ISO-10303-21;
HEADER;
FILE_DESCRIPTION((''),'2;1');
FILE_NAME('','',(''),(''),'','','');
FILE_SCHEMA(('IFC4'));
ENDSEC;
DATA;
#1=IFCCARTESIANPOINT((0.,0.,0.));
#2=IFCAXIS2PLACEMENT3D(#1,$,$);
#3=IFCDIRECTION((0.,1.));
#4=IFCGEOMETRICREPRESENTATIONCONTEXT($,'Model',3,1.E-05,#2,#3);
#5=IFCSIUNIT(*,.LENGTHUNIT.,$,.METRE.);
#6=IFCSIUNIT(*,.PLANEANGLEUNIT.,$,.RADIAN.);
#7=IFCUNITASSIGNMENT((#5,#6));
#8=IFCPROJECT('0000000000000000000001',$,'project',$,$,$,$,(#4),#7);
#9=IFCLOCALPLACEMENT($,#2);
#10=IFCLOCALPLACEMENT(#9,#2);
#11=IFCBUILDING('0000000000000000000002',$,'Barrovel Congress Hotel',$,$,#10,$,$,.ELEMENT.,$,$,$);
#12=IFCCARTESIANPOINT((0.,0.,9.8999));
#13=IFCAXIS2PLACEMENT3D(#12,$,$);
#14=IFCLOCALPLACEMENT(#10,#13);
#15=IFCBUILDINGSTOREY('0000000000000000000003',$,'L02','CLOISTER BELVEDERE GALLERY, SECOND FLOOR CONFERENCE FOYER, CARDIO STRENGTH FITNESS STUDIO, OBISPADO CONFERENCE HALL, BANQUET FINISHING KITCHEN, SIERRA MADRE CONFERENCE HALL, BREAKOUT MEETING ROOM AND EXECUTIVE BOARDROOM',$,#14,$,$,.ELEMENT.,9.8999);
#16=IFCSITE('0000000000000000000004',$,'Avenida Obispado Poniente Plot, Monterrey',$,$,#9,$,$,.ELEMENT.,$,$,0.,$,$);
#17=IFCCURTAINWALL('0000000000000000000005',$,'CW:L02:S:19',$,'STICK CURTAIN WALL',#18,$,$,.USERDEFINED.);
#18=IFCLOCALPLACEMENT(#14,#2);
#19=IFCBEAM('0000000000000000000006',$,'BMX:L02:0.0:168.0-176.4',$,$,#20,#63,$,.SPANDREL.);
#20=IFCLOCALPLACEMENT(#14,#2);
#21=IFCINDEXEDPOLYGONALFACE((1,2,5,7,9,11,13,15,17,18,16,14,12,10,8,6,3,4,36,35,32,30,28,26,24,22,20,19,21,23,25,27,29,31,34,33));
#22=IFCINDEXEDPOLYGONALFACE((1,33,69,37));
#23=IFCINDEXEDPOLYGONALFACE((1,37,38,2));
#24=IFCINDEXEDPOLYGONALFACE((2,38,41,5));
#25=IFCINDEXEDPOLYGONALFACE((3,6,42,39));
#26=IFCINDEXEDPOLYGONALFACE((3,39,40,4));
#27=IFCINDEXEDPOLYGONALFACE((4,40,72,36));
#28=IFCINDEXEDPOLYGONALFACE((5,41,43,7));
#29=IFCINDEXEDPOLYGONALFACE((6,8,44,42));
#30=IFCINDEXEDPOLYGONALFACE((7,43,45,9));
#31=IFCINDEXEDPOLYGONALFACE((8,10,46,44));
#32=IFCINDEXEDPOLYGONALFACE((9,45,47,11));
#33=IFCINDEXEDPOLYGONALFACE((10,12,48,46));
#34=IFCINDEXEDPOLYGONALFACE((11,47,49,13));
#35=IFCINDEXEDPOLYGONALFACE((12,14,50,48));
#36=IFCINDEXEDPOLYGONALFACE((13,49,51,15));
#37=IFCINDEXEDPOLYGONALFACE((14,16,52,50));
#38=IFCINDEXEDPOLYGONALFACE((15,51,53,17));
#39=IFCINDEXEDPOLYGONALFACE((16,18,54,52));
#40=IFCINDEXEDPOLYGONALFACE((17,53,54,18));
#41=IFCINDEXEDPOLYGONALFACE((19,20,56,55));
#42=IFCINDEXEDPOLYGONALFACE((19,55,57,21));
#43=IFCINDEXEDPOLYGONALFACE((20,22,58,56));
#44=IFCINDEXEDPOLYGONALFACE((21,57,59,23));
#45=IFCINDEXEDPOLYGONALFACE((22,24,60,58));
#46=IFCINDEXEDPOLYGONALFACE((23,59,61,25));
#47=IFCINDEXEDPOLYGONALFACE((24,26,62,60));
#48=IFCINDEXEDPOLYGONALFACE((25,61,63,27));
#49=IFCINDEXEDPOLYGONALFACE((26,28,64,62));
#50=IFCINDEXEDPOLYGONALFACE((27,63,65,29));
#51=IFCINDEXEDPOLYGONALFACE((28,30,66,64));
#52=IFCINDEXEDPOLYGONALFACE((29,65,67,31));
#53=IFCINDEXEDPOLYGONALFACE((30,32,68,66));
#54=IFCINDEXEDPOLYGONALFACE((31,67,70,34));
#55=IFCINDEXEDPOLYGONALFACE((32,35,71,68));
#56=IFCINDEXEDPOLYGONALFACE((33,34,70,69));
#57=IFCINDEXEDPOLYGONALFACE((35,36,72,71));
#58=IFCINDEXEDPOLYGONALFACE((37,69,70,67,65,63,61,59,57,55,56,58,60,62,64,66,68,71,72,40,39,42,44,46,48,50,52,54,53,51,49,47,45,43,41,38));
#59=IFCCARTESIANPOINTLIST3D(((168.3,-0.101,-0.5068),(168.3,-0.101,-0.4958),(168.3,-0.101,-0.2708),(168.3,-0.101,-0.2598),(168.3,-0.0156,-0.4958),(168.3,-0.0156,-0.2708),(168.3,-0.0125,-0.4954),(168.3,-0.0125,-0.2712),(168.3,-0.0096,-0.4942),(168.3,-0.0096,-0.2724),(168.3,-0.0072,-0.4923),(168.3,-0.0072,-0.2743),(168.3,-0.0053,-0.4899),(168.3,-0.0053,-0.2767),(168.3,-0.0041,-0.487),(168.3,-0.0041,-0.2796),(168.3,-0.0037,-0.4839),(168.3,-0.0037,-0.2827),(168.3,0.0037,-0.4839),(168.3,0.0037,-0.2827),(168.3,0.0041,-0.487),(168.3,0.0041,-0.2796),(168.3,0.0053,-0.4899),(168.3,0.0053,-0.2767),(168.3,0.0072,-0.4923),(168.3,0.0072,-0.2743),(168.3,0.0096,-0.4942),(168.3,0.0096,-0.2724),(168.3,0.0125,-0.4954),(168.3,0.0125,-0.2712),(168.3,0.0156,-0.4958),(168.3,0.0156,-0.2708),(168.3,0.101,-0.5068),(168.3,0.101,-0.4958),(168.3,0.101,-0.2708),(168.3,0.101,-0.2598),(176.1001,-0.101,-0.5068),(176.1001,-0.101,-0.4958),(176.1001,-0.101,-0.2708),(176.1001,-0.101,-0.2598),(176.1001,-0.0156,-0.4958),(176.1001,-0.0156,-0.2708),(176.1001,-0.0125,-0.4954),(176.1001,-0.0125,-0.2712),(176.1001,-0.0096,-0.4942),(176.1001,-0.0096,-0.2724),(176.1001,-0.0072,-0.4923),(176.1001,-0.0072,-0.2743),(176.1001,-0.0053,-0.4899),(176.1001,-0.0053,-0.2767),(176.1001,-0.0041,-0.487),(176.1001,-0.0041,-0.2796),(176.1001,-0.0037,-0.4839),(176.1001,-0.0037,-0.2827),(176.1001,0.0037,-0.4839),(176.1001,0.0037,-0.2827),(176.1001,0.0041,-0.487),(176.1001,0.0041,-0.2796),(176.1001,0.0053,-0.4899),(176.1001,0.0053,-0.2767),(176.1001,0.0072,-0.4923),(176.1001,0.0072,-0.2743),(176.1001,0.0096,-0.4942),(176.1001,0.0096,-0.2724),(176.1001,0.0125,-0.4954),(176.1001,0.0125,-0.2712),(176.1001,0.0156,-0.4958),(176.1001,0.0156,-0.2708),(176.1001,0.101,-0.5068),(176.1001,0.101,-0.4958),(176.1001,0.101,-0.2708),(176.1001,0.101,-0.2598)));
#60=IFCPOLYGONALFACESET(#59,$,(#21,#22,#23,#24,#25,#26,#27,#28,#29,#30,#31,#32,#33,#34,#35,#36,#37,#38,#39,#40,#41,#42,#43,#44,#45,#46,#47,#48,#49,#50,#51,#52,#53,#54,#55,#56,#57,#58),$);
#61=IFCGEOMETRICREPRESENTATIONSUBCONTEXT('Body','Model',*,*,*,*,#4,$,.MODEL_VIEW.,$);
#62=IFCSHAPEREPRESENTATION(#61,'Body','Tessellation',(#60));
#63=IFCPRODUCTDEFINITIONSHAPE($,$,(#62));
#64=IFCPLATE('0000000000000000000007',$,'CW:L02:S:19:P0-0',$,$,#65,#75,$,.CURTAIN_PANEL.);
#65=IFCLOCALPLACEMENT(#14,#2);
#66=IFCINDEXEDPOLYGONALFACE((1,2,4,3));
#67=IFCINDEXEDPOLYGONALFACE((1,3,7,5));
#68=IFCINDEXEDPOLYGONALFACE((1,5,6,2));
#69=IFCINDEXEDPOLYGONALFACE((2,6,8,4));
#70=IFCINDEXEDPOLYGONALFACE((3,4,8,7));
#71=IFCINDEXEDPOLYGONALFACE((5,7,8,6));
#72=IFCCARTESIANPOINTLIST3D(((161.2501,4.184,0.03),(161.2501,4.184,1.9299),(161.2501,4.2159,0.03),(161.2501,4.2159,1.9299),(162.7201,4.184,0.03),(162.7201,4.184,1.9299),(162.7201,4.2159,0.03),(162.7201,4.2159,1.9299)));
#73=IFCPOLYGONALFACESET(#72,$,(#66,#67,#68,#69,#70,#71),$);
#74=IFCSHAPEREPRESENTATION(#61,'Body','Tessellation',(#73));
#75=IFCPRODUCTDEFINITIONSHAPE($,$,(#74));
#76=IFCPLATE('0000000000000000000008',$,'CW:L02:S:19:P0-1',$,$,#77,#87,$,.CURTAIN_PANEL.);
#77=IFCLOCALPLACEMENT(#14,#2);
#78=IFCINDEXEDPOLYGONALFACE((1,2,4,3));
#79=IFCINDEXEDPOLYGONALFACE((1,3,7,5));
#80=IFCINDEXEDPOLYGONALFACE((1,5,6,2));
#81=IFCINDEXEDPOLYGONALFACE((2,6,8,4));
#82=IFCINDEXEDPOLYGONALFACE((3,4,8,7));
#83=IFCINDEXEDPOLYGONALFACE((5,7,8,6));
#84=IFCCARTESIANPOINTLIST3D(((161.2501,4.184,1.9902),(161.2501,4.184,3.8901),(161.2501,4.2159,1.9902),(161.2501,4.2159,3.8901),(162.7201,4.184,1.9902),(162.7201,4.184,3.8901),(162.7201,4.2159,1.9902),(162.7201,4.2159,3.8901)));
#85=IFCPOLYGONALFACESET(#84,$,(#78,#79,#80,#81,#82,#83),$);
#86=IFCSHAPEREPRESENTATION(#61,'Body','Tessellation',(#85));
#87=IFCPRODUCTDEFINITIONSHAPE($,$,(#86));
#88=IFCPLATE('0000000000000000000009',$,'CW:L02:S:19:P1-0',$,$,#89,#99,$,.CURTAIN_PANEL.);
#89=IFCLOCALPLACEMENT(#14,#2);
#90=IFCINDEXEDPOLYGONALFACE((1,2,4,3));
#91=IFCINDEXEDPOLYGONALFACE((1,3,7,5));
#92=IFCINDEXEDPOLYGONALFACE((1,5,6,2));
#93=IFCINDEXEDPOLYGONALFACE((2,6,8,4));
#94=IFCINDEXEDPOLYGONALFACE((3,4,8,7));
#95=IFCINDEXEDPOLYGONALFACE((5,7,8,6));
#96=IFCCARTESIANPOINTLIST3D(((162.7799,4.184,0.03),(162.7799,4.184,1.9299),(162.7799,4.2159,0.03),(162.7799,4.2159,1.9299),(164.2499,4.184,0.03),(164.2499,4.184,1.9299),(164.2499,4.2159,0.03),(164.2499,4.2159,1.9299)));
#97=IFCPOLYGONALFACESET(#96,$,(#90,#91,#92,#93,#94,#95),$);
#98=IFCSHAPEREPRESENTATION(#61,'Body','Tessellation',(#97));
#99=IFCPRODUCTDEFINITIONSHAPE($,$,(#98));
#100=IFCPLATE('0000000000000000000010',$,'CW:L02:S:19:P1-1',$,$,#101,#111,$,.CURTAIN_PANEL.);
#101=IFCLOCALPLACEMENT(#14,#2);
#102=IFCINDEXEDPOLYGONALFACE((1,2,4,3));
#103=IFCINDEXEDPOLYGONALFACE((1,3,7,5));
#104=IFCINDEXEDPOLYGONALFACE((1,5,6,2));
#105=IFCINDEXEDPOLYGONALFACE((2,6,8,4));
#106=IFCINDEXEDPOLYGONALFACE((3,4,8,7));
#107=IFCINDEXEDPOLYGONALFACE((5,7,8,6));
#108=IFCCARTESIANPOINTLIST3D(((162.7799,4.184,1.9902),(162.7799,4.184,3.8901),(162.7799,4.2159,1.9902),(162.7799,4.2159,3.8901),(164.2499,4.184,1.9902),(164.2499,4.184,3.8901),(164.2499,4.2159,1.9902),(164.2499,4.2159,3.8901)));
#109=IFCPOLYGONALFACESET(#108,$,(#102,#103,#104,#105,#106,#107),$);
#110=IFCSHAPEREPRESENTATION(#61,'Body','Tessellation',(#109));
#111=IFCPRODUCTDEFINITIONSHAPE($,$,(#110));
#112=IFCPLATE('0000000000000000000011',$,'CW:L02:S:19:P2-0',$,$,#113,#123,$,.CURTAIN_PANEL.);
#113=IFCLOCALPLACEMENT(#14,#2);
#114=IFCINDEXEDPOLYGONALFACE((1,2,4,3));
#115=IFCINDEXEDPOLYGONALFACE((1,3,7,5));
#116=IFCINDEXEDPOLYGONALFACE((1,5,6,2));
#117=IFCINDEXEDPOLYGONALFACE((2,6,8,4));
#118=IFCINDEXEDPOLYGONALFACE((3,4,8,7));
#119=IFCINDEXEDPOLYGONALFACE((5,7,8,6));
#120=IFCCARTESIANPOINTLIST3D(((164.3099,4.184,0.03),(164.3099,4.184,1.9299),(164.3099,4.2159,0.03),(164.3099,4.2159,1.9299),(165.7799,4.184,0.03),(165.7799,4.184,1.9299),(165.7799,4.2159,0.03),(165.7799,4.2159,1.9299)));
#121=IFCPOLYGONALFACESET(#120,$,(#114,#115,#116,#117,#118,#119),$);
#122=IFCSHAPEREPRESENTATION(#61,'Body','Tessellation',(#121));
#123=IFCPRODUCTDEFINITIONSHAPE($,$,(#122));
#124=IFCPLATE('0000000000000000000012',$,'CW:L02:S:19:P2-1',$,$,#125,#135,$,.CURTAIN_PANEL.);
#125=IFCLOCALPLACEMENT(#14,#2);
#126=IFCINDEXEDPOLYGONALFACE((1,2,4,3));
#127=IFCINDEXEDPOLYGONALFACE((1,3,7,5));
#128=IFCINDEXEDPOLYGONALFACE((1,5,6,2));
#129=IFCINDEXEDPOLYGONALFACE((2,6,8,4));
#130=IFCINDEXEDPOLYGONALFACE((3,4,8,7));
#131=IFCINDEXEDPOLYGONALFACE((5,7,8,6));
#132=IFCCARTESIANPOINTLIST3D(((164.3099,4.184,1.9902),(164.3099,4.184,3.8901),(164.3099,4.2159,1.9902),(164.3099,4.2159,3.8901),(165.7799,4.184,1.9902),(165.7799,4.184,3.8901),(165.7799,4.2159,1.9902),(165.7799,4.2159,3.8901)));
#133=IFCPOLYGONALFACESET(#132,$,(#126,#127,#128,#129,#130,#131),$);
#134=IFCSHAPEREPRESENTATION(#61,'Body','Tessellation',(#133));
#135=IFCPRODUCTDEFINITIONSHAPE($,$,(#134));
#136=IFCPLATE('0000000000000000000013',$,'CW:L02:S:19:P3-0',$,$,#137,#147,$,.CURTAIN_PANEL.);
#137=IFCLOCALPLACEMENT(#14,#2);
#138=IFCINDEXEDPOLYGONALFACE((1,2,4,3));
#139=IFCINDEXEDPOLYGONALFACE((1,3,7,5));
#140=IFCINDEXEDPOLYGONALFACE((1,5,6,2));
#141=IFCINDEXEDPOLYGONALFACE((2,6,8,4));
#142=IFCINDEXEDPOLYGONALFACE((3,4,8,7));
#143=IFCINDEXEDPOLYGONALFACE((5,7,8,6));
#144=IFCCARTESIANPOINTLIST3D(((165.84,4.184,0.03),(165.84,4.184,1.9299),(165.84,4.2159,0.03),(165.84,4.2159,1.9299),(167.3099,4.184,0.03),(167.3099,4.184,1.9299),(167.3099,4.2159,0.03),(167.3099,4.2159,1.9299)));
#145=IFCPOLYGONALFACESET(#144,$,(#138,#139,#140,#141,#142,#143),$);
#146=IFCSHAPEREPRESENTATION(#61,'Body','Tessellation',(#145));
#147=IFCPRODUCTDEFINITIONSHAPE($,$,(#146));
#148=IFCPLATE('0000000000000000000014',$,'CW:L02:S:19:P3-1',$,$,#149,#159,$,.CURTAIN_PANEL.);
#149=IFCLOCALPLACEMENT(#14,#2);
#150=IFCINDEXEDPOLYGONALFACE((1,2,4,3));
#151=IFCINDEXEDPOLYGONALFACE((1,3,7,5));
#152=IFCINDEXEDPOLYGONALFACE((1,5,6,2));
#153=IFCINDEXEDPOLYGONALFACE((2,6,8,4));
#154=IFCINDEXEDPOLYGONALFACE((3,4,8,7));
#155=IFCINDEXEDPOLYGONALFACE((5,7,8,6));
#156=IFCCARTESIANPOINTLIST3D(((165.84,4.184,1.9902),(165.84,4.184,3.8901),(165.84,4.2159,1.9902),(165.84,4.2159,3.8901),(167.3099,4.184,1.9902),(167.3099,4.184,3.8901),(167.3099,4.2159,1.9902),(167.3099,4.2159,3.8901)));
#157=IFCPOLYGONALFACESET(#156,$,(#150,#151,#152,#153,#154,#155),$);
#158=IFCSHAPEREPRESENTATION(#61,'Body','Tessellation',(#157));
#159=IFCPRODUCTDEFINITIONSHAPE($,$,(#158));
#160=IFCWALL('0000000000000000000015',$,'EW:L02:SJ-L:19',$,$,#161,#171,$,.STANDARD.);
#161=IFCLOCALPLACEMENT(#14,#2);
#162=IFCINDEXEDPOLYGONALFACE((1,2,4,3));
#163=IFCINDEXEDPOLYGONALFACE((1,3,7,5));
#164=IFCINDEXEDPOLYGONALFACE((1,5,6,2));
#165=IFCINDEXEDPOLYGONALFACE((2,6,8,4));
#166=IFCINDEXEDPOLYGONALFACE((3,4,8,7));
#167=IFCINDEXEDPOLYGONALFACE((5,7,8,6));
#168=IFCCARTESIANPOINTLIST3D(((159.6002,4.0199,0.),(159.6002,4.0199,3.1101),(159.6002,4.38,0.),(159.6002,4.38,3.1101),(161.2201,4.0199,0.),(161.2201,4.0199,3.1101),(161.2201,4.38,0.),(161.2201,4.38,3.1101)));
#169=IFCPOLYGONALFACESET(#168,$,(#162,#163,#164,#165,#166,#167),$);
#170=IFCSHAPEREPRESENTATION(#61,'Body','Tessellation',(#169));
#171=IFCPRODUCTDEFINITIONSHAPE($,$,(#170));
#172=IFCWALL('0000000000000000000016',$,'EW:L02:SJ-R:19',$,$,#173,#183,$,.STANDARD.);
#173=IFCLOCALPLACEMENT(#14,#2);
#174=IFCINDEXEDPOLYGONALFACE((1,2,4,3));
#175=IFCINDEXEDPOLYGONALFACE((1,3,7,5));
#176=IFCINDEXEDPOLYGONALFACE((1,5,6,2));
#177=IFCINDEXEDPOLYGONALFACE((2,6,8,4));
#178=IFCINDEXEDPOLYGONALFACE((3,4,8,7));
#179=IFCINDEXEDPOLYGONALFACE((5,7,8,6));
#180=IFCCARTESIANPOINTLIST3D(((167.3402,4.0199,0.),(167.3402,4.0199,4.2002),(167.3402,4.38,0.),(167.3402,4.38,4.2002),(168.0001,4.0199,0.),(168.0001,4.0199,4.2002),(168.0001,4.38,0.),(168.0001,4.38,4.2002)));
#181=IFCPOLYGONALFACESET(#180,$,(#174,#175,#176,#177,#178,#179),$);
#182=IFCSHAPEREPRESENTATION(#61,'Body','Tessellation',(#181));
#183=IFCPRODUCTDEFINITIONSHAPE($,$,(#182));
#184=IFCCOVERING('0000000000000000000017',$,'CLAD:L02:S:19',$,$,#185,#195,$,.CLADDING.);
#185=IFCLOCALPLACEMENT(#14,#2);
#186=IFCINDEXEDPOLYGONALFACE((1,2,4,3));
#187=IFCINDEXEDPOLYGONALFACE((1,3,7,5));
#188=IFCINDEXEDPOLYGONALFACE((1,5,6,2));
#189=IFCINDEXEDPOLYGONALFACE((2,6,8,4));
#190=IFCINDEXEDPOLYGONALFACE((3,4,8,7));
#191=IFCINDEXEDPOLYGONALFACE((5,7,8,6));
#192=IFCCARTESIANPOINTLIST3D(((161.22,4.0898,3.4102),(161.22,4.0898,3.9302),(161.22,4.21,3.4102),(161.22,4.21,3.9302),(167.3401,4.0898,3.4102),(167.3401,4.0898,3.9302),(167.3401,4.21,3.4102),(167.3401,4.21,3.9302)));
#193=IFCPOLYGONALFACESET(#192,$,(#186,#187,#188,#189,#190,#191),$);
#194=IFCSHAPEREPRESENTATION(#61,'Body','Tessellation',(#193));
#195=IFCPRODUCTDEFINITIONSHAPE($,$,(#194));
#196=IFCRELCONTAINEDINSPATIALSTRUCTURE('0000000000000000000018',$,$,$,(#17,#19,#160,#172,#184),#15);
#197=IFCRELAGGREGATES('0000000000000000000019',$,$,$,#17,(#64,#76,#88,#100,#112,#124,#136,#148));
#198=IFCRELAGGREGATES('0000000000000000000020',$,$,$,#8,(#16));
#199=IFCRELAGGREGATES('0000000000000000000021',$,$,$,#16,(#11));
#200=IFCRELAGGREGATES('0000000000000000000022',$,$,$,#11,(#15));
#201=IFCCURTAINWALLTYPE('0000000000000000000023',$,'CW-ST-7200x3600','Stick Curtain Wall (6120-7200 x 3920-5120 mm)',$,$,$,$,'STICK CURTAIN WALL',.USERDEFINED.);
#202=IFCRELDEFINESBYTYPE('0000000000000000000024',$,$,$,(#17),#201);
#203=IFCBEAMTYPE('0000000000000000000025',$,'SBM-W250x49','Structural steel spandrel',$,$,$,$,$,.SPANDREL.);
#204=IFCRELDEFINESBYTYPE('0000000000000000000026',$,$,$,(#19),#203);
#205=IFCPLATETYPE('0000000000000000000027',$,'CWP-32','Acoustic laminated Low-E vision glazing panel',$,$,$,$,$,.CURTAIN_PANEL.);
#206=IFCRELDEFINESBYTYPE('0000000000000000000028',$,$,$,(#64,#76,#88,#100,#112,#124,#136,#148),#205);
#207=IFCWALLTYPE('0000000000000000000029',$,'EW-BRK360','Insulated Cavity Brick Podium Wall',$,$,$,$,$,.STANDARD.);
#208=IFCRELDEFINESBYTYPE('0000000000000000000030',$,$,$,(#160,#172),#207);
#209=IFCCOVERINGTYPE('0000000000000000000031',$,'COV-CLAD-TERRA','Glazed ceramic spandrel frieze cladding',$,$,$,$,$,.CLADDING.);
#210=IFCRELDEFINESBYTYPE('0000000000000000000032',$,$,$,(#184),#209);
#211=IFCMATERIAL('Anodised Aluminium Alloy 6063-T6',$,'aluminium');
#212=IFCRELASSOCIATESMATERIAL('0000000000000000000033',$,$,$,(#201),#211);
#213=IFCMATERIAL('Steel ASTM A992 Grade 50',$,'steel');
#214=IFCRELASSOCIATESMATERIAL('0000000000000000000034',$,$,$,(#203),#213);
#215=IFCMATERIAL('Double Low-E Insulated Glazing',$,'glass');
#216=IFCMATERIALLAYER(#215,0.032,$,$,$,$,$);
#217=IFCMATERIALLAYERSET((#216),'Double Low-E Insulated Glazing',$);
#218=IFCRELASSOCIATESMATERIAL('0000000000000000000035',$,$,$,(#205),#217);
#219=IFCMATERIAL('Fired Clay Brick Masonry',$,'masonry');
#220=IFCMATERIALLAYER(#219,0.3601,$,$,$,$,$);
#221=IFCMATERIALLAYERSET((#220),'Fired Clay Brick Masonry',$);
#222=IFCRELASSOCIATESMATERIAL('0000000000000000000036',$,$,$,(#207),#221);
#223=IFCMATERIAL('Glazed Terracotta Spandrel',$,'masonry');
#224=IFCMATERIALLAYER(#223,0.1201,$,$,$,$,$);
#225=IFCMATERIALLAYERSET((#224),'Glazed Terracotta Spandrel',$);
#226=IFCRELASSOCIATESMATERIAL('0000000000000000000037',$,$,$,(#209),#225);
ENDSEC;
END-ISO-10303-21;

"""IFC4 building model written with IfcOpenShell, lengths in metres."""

from ifc_helpers import new_model, si_unit, direction, frame, frame_2d, origin, origin_2d, place, context, subcontext, project, spatial, rectangle, i_section, extrude, material, layer, layer_set, material_profile, profile_set, type_object, element, aggregate, save


model = new_model("IFC4")

# Units and contexts
model_context = context("Model", 3, precision=1e-05, world=origin(), true_north=direction((0.0, 1.0)))
body_context = subcontext(model_context, "Body", "Model", "MODEL_VIEW")
ifc_project = project(units=[si_unit("LENGTHUNIT", "METRE"), si_unit("PLANEANGLEUNIT", "RADIAN")], contexts=[model_context])

# Site, building, storey
site_placement = place(None, origin())
site = spatial("IfcSite", under=ifc_project, at=site_placement, Name="Avenida Obispado Poniente Plot, Monterrey", CompositionType="ELEMENT", RefElevation=0.0)
building_placement = place(site_placement, origin())
building = spatial("IfcBuilding", under=site, at=building_placement, Name="Barrovel Congress Hotel", CompositionType="ELEMENT")
storey_placement = place(building_placement, frame((0.0, 0.0, 9.8999)))
storey = spatial("IfcBuildingStorey", under=building, at=storey_placement, Name="L02", Description="CLOISTER BELVEDERE GALLERY, SECOND FLOOR CONFERENCE FOYER, CARDIO STRENGTH FITNESS STUDIO, OBISPADO CONFERENCE HALL, BANQUET FINISHING KITCHEN, SIERRA MADRE CONFERENCE HALL, BREAKOUT MEETING ROOM AND EXECUTIVE BOARDROOM", CompositionType="ELEMENT", Elevation=9.8999)

# Curtain wall
ifc_material_1 = material(Name="Anodised Aluminium Alloy 6063-T6", Category="aluminium")
curtain_wall_type = type_object("IfcCurtainWallType", Name="CW-ST-7200x3600", Description="Stick Curtain Wall (6120-7200 x 3920-5120 mm)", ElementType="STICK CURTAIN WALL", PredefinedType="USERDEFINED", material=ifc_material_1)
curtain_wall_placement = place(storey_placement, origin())
curtain_wall = element("IfcCurtainWall", 1, at=curtain_wall_placement, inside=storey, type_object=curtain_wall_type, Name="CW:L02:S:19", ObjectType="STICK CURTAIN WALL", PredefinedType="USERDEFINED")

# Beam
ifc_material_2 = material(Name="Steel ASTM A992 Grade 50", Category="steel")
ifc_material_profile_1 = material_profile(ifc_material_2, i_section(OverallWidth=0.2019, OverallDepth=0.2471, WebThickness=0.0073, FlangeThickness=0.011, FilletRadius=0.012, at=origin_2d()), Name="W250x49")
ifc_profile_set_1 = profile_set([ifc_material_profile_1], Name="Steel ASTM A992 Grade 50")
beam_type_1 = type_object("IfcBeamType", Name="SBM-W250x49", Description="Structural steel spandrel", PredefinedType="SPANDREL", material=ifc_profile_set_1)
beam_1_placement = place(storey_placement, frame((168.3, 0.0, -0.3833), z_axis=(1.0, 0.0, 0.0), x_axis=(0.0, 1.0, 0.0)))
element("IfcBeam", 2, at=beam_1_placement, inside=storey, type_object=beam_type_1, Name="BMX:L02:0.0:168.0-176.4", PredefinedType="SPANDREL", context=body_context, shape_type="SweptSolid", body=[
    extrude(i_section(OverallWidth=0.2019, OverallDepth=0.2471, WebThickness=0.0073, FlangeThickness=0.011, FilletRadius=0.012, at=origin_2d()), origin(), (0.0, 0.0, 1.0), 7.8),
])

# Plates
ifc_material_3 = material(Name="Double Low-E Insulated Glazing", Category="glass")
ifc_layer_1 = layer(ifc_material_3, 0.032)
ifc_layer_set_1 = layer_set([ifc_layer_1], Name="Double Low-E Insulated Glazing")
plate_type = type_object("IfcPlateType", Name="CWP-32", Description="Acoustic laminated Low-E vision glazing panel", PredefinedType="CURTAIN_PANEL", material=ifc_layer_set_1)
plate_1_placement = place(storey_placement, frame((161.9851, 4.2, 0.03), z_axis=(0.0, 0.0, 1.0), x_axis=(1.0, 0.0, 0.0)))
plate_1 = element("IfcPlate", 3, at=plate_1_placement, type_object=plate_type, Name="CW:L02:S:19:P0-0", PredefinedType="CURTAIN_PANEL", context=body_context, shape_type="SweptSolid", body=[
    extrude(rectangle(XDim=1.47, YDim=0.032, at=origin_2d()), origin(), (0.0, 0.0, 1.0), 1.8999),
])
plate_2_placement = place(storey_placement, frame((161.9851, 4.2, 1.9902), z_axis=(0.0, 0.0, 1.0), x_axis=(1.0, 0.0, 0.0)))
plate_2 = element("IfcPlate", 4, at=plate_2_placement, type_object=plate_type, Name="CW:L02:S:19:P0-1", PredefinedType="CURTAIN_PANEL", context=body_context, shape_type="SweptSolid", body=[
    extrude(rectangle(XDim=1.47, YDim=0.032, at=origin_2d()), origin(), (0.0, 0.0, 1.0), 1.8999),
])
plate_3_placement = place(storey_placement, frame((163.5149, 4.2, 0.03), z_axis=(0.0, 0.0, 1.0), x_axis=(1.0, 0.0, 0.0)))
plate_3 = element("IfcPlate", 5, at=plate_3_placement, type_object=plate_type, Name="CW:L02:S:19:P1-0", PredefinedType="CURTAIN_PANEL", context=body_context, shape_type="SweptSolid", body=[
    extrude(rectangle(XDim=1.47, YDim=0.032, at=origin_2d()), origin(), (0.0, 0.0, 1.0), 1.8999),
])
plate_4_placement = place(storey_placement, frame((163.5149, 4.2, 1.9902), z_axis=(0.0, 0.0, 1.0), x_axis=(1.0, 0.0, 0.0)))
plate_4 = element("IfcPlate", 6, at=plate_4_placement, type_object=plate_type, Name="CW:L02:S:19:P1-1", PredefinedType="CURTAIN_PANEL", context=body_context, shape_type="SweptSolid", body=[
    extrude(rectangle(XDim=1.47, YDim=0.032, at=origin_2d()), origin(), (0.0, 0.0, 1.0), 1.8999),
])
plate_5_placement = place(storey_placement, frame((165.0449, 4.2, 0.03), z_axis=(0.0, 0.0, 1.0), x_axis=(1.0, 0.0, 0.0)))
plate_5 = element("IfcPlate", 7, at=plate_5_placement, type_object=plate_type, Name="CW:L02:S:19:P2-0", PredefinedType="CURTAIN_PANEL", context=body_context, shape_type="SweptSolid", body=[
    extrude(rectangle(XDim=1.47, YDim=0.032, at=origin_2d()), origin(), (0.0, 0.0, 1.0), 1.8999),
])
plate_6_placement = place(storey_placement, frame((165.0449, 4.2, 1.9902), z_axis=(0.0, 0.0, 1.0), x_axis=(1.0, 0.0, 0.0)))
plate_6 = element("IfcPlate", 8, at=plate_6_placement, type_object=plate_type, Name="CW:L02:S:19:P2-1", PredefinedType="CURTAIN_PANEL", context=body_context, shape_type="SweptSolid", body=[
    extrude(rectangle(XDim=1.47, YDim=0.032, at=origin_2d()), origin(), (0.0, 0.0, 1.0), 1.8999),
])
plate_7_placement = place(storey_placement, frame((166.575, 4.2, 0.03), z_axis=(0.0, 0.0, 1.0), x_axis=(1.0, 0.0, 0.0)))
plate_7 = element("IfcPlate", 9, at=plate_7_placement, type_object=plate_type, Name="CW:L02:S:19:P3-0", PredefinedType="CURTAIN_PANEL", context=body_context, shape_type="SweptSolid", body=[
    extrude(rectangle(XDim=1.47, YDim=0.032, at=origin_2d()), origin(), (0.0, 0.0, 1.0), 1.8999),
])
plate_8_placement = place(storey_placement, frame((166.575, 4.2, 1.9902), z_axis=(0.0, 0.0, 1.0), x_axis=(1.0, 0.0, 0.0)))
plate_8 = element("IfcPlate", 10, at=plate_8_placement, type_object=plate_type, Name="CW:L02:S:19:P3-1", PredefinedType="CURTAIN_PANEL", context=body_context, shape_type="SweptSolid", body=[
    extrude(rectangle(XDim=1.47, YDim=0.032, at=origin_2d()), origin(), (0.0, 0.0, 1.0), 1.8999),
])
aggregate(curtain_wall, [plate_1, plate_2, plate_3, plate_4, plate_5, plate_6, plate_7, plate_8])

# Walls
ifc_material_4 = material(Name="Fired Clay Brick Masonry", Category="masonry")
ifc_layer_2 = layer(ifc_material_4, 0.3601)
ifc_layer_set_2 = layer_set([ifc_layer_2], Name="Fired Clay Brick Masonry")
wall_type = type_object("IfcWallType", Name="EW-BRK360", Description="Insulated Cavity Brick Podium Wall", PredefinedType="STANDARD", material=ifc_layer_set_2)
wall_1_placement = place(storey_placement, frame((159.6001, 4.2, 0.0), z_axis=(0.0, 0.0, 1.0), x_axis=(1.0, 0.0, 0.0)))
element("IfcWall", 11, at=wall_1_placement, inside=storey, type_object=wall_type, Name="EW:L02:SJ-L:19", PredefinedType="STANDARD", context=body_context, shape_type="SweptSolid", body=[
    extrude(rectangle(XDim=1.6199, YDim=0.3601, at=frame_2d((0.8101, 0.0))), origin(), (0.0, 0.0, 1.0), 3.1101),
])
wall_2_placement = place(storey_placement, frame((167.3401, 4.2, 0.0), z_axis=(0.0, 0.0, 1.0), x_axis=(1.0, 0.0, 0.0)))
element("IfcWall", 12, at=wall_2_placement, inside=storey, type_object=wall_type, Name="EW:L02:SJ-R:19", PredefinedType="STANDARD", context=body_context, shape_type="SweptSolid", body=[
    extrude(rectangle(XDim=0.6599, YDim=0.3601, at=frame_2d((0.3301, 0.0))), origin(), (0.0, 0.0, 1.0), 4.2002),
])

# Covering
ifc_material_5 = material(Name="Glazed Terracotta Spandrel", Category="masonry")
ifc_layer_3 = layer(ifc_material_5, 0.1201)
ifc_layer_set_3 = layer_set([ifc_layer_3], Name="Glazed Terracotta Spandrel")
covering_type = type_object("IfcCoveringType", Name="COV-CLAD-TERRA", Description="Glazed ceramic spandrel frieze cladding", PredefinedType="CLADDING", material=ifc_layer_set_3)
covering_placement = place(storey_placement, frame((164.28, 4.1499, 3.4102), z_axis=(0.0, 0.0, 1.0), x_axis=(1.0, 0.0, 0.0)))
element("IfcCovering", 13, at=covering_placement, inside=storey, type_object=covering_type, Name="CLAD:L02:S:19", PredefinedType="CLADDING", context=body_context, shape_type="SweptSolid", body=[
    extrude(rectangle(XDim=6.1201, YDim=0.1201, at=origin_2d()), origin(), (0.0, 0.0, 1.0), 0.52),
])

save(model, "model.ifc")
